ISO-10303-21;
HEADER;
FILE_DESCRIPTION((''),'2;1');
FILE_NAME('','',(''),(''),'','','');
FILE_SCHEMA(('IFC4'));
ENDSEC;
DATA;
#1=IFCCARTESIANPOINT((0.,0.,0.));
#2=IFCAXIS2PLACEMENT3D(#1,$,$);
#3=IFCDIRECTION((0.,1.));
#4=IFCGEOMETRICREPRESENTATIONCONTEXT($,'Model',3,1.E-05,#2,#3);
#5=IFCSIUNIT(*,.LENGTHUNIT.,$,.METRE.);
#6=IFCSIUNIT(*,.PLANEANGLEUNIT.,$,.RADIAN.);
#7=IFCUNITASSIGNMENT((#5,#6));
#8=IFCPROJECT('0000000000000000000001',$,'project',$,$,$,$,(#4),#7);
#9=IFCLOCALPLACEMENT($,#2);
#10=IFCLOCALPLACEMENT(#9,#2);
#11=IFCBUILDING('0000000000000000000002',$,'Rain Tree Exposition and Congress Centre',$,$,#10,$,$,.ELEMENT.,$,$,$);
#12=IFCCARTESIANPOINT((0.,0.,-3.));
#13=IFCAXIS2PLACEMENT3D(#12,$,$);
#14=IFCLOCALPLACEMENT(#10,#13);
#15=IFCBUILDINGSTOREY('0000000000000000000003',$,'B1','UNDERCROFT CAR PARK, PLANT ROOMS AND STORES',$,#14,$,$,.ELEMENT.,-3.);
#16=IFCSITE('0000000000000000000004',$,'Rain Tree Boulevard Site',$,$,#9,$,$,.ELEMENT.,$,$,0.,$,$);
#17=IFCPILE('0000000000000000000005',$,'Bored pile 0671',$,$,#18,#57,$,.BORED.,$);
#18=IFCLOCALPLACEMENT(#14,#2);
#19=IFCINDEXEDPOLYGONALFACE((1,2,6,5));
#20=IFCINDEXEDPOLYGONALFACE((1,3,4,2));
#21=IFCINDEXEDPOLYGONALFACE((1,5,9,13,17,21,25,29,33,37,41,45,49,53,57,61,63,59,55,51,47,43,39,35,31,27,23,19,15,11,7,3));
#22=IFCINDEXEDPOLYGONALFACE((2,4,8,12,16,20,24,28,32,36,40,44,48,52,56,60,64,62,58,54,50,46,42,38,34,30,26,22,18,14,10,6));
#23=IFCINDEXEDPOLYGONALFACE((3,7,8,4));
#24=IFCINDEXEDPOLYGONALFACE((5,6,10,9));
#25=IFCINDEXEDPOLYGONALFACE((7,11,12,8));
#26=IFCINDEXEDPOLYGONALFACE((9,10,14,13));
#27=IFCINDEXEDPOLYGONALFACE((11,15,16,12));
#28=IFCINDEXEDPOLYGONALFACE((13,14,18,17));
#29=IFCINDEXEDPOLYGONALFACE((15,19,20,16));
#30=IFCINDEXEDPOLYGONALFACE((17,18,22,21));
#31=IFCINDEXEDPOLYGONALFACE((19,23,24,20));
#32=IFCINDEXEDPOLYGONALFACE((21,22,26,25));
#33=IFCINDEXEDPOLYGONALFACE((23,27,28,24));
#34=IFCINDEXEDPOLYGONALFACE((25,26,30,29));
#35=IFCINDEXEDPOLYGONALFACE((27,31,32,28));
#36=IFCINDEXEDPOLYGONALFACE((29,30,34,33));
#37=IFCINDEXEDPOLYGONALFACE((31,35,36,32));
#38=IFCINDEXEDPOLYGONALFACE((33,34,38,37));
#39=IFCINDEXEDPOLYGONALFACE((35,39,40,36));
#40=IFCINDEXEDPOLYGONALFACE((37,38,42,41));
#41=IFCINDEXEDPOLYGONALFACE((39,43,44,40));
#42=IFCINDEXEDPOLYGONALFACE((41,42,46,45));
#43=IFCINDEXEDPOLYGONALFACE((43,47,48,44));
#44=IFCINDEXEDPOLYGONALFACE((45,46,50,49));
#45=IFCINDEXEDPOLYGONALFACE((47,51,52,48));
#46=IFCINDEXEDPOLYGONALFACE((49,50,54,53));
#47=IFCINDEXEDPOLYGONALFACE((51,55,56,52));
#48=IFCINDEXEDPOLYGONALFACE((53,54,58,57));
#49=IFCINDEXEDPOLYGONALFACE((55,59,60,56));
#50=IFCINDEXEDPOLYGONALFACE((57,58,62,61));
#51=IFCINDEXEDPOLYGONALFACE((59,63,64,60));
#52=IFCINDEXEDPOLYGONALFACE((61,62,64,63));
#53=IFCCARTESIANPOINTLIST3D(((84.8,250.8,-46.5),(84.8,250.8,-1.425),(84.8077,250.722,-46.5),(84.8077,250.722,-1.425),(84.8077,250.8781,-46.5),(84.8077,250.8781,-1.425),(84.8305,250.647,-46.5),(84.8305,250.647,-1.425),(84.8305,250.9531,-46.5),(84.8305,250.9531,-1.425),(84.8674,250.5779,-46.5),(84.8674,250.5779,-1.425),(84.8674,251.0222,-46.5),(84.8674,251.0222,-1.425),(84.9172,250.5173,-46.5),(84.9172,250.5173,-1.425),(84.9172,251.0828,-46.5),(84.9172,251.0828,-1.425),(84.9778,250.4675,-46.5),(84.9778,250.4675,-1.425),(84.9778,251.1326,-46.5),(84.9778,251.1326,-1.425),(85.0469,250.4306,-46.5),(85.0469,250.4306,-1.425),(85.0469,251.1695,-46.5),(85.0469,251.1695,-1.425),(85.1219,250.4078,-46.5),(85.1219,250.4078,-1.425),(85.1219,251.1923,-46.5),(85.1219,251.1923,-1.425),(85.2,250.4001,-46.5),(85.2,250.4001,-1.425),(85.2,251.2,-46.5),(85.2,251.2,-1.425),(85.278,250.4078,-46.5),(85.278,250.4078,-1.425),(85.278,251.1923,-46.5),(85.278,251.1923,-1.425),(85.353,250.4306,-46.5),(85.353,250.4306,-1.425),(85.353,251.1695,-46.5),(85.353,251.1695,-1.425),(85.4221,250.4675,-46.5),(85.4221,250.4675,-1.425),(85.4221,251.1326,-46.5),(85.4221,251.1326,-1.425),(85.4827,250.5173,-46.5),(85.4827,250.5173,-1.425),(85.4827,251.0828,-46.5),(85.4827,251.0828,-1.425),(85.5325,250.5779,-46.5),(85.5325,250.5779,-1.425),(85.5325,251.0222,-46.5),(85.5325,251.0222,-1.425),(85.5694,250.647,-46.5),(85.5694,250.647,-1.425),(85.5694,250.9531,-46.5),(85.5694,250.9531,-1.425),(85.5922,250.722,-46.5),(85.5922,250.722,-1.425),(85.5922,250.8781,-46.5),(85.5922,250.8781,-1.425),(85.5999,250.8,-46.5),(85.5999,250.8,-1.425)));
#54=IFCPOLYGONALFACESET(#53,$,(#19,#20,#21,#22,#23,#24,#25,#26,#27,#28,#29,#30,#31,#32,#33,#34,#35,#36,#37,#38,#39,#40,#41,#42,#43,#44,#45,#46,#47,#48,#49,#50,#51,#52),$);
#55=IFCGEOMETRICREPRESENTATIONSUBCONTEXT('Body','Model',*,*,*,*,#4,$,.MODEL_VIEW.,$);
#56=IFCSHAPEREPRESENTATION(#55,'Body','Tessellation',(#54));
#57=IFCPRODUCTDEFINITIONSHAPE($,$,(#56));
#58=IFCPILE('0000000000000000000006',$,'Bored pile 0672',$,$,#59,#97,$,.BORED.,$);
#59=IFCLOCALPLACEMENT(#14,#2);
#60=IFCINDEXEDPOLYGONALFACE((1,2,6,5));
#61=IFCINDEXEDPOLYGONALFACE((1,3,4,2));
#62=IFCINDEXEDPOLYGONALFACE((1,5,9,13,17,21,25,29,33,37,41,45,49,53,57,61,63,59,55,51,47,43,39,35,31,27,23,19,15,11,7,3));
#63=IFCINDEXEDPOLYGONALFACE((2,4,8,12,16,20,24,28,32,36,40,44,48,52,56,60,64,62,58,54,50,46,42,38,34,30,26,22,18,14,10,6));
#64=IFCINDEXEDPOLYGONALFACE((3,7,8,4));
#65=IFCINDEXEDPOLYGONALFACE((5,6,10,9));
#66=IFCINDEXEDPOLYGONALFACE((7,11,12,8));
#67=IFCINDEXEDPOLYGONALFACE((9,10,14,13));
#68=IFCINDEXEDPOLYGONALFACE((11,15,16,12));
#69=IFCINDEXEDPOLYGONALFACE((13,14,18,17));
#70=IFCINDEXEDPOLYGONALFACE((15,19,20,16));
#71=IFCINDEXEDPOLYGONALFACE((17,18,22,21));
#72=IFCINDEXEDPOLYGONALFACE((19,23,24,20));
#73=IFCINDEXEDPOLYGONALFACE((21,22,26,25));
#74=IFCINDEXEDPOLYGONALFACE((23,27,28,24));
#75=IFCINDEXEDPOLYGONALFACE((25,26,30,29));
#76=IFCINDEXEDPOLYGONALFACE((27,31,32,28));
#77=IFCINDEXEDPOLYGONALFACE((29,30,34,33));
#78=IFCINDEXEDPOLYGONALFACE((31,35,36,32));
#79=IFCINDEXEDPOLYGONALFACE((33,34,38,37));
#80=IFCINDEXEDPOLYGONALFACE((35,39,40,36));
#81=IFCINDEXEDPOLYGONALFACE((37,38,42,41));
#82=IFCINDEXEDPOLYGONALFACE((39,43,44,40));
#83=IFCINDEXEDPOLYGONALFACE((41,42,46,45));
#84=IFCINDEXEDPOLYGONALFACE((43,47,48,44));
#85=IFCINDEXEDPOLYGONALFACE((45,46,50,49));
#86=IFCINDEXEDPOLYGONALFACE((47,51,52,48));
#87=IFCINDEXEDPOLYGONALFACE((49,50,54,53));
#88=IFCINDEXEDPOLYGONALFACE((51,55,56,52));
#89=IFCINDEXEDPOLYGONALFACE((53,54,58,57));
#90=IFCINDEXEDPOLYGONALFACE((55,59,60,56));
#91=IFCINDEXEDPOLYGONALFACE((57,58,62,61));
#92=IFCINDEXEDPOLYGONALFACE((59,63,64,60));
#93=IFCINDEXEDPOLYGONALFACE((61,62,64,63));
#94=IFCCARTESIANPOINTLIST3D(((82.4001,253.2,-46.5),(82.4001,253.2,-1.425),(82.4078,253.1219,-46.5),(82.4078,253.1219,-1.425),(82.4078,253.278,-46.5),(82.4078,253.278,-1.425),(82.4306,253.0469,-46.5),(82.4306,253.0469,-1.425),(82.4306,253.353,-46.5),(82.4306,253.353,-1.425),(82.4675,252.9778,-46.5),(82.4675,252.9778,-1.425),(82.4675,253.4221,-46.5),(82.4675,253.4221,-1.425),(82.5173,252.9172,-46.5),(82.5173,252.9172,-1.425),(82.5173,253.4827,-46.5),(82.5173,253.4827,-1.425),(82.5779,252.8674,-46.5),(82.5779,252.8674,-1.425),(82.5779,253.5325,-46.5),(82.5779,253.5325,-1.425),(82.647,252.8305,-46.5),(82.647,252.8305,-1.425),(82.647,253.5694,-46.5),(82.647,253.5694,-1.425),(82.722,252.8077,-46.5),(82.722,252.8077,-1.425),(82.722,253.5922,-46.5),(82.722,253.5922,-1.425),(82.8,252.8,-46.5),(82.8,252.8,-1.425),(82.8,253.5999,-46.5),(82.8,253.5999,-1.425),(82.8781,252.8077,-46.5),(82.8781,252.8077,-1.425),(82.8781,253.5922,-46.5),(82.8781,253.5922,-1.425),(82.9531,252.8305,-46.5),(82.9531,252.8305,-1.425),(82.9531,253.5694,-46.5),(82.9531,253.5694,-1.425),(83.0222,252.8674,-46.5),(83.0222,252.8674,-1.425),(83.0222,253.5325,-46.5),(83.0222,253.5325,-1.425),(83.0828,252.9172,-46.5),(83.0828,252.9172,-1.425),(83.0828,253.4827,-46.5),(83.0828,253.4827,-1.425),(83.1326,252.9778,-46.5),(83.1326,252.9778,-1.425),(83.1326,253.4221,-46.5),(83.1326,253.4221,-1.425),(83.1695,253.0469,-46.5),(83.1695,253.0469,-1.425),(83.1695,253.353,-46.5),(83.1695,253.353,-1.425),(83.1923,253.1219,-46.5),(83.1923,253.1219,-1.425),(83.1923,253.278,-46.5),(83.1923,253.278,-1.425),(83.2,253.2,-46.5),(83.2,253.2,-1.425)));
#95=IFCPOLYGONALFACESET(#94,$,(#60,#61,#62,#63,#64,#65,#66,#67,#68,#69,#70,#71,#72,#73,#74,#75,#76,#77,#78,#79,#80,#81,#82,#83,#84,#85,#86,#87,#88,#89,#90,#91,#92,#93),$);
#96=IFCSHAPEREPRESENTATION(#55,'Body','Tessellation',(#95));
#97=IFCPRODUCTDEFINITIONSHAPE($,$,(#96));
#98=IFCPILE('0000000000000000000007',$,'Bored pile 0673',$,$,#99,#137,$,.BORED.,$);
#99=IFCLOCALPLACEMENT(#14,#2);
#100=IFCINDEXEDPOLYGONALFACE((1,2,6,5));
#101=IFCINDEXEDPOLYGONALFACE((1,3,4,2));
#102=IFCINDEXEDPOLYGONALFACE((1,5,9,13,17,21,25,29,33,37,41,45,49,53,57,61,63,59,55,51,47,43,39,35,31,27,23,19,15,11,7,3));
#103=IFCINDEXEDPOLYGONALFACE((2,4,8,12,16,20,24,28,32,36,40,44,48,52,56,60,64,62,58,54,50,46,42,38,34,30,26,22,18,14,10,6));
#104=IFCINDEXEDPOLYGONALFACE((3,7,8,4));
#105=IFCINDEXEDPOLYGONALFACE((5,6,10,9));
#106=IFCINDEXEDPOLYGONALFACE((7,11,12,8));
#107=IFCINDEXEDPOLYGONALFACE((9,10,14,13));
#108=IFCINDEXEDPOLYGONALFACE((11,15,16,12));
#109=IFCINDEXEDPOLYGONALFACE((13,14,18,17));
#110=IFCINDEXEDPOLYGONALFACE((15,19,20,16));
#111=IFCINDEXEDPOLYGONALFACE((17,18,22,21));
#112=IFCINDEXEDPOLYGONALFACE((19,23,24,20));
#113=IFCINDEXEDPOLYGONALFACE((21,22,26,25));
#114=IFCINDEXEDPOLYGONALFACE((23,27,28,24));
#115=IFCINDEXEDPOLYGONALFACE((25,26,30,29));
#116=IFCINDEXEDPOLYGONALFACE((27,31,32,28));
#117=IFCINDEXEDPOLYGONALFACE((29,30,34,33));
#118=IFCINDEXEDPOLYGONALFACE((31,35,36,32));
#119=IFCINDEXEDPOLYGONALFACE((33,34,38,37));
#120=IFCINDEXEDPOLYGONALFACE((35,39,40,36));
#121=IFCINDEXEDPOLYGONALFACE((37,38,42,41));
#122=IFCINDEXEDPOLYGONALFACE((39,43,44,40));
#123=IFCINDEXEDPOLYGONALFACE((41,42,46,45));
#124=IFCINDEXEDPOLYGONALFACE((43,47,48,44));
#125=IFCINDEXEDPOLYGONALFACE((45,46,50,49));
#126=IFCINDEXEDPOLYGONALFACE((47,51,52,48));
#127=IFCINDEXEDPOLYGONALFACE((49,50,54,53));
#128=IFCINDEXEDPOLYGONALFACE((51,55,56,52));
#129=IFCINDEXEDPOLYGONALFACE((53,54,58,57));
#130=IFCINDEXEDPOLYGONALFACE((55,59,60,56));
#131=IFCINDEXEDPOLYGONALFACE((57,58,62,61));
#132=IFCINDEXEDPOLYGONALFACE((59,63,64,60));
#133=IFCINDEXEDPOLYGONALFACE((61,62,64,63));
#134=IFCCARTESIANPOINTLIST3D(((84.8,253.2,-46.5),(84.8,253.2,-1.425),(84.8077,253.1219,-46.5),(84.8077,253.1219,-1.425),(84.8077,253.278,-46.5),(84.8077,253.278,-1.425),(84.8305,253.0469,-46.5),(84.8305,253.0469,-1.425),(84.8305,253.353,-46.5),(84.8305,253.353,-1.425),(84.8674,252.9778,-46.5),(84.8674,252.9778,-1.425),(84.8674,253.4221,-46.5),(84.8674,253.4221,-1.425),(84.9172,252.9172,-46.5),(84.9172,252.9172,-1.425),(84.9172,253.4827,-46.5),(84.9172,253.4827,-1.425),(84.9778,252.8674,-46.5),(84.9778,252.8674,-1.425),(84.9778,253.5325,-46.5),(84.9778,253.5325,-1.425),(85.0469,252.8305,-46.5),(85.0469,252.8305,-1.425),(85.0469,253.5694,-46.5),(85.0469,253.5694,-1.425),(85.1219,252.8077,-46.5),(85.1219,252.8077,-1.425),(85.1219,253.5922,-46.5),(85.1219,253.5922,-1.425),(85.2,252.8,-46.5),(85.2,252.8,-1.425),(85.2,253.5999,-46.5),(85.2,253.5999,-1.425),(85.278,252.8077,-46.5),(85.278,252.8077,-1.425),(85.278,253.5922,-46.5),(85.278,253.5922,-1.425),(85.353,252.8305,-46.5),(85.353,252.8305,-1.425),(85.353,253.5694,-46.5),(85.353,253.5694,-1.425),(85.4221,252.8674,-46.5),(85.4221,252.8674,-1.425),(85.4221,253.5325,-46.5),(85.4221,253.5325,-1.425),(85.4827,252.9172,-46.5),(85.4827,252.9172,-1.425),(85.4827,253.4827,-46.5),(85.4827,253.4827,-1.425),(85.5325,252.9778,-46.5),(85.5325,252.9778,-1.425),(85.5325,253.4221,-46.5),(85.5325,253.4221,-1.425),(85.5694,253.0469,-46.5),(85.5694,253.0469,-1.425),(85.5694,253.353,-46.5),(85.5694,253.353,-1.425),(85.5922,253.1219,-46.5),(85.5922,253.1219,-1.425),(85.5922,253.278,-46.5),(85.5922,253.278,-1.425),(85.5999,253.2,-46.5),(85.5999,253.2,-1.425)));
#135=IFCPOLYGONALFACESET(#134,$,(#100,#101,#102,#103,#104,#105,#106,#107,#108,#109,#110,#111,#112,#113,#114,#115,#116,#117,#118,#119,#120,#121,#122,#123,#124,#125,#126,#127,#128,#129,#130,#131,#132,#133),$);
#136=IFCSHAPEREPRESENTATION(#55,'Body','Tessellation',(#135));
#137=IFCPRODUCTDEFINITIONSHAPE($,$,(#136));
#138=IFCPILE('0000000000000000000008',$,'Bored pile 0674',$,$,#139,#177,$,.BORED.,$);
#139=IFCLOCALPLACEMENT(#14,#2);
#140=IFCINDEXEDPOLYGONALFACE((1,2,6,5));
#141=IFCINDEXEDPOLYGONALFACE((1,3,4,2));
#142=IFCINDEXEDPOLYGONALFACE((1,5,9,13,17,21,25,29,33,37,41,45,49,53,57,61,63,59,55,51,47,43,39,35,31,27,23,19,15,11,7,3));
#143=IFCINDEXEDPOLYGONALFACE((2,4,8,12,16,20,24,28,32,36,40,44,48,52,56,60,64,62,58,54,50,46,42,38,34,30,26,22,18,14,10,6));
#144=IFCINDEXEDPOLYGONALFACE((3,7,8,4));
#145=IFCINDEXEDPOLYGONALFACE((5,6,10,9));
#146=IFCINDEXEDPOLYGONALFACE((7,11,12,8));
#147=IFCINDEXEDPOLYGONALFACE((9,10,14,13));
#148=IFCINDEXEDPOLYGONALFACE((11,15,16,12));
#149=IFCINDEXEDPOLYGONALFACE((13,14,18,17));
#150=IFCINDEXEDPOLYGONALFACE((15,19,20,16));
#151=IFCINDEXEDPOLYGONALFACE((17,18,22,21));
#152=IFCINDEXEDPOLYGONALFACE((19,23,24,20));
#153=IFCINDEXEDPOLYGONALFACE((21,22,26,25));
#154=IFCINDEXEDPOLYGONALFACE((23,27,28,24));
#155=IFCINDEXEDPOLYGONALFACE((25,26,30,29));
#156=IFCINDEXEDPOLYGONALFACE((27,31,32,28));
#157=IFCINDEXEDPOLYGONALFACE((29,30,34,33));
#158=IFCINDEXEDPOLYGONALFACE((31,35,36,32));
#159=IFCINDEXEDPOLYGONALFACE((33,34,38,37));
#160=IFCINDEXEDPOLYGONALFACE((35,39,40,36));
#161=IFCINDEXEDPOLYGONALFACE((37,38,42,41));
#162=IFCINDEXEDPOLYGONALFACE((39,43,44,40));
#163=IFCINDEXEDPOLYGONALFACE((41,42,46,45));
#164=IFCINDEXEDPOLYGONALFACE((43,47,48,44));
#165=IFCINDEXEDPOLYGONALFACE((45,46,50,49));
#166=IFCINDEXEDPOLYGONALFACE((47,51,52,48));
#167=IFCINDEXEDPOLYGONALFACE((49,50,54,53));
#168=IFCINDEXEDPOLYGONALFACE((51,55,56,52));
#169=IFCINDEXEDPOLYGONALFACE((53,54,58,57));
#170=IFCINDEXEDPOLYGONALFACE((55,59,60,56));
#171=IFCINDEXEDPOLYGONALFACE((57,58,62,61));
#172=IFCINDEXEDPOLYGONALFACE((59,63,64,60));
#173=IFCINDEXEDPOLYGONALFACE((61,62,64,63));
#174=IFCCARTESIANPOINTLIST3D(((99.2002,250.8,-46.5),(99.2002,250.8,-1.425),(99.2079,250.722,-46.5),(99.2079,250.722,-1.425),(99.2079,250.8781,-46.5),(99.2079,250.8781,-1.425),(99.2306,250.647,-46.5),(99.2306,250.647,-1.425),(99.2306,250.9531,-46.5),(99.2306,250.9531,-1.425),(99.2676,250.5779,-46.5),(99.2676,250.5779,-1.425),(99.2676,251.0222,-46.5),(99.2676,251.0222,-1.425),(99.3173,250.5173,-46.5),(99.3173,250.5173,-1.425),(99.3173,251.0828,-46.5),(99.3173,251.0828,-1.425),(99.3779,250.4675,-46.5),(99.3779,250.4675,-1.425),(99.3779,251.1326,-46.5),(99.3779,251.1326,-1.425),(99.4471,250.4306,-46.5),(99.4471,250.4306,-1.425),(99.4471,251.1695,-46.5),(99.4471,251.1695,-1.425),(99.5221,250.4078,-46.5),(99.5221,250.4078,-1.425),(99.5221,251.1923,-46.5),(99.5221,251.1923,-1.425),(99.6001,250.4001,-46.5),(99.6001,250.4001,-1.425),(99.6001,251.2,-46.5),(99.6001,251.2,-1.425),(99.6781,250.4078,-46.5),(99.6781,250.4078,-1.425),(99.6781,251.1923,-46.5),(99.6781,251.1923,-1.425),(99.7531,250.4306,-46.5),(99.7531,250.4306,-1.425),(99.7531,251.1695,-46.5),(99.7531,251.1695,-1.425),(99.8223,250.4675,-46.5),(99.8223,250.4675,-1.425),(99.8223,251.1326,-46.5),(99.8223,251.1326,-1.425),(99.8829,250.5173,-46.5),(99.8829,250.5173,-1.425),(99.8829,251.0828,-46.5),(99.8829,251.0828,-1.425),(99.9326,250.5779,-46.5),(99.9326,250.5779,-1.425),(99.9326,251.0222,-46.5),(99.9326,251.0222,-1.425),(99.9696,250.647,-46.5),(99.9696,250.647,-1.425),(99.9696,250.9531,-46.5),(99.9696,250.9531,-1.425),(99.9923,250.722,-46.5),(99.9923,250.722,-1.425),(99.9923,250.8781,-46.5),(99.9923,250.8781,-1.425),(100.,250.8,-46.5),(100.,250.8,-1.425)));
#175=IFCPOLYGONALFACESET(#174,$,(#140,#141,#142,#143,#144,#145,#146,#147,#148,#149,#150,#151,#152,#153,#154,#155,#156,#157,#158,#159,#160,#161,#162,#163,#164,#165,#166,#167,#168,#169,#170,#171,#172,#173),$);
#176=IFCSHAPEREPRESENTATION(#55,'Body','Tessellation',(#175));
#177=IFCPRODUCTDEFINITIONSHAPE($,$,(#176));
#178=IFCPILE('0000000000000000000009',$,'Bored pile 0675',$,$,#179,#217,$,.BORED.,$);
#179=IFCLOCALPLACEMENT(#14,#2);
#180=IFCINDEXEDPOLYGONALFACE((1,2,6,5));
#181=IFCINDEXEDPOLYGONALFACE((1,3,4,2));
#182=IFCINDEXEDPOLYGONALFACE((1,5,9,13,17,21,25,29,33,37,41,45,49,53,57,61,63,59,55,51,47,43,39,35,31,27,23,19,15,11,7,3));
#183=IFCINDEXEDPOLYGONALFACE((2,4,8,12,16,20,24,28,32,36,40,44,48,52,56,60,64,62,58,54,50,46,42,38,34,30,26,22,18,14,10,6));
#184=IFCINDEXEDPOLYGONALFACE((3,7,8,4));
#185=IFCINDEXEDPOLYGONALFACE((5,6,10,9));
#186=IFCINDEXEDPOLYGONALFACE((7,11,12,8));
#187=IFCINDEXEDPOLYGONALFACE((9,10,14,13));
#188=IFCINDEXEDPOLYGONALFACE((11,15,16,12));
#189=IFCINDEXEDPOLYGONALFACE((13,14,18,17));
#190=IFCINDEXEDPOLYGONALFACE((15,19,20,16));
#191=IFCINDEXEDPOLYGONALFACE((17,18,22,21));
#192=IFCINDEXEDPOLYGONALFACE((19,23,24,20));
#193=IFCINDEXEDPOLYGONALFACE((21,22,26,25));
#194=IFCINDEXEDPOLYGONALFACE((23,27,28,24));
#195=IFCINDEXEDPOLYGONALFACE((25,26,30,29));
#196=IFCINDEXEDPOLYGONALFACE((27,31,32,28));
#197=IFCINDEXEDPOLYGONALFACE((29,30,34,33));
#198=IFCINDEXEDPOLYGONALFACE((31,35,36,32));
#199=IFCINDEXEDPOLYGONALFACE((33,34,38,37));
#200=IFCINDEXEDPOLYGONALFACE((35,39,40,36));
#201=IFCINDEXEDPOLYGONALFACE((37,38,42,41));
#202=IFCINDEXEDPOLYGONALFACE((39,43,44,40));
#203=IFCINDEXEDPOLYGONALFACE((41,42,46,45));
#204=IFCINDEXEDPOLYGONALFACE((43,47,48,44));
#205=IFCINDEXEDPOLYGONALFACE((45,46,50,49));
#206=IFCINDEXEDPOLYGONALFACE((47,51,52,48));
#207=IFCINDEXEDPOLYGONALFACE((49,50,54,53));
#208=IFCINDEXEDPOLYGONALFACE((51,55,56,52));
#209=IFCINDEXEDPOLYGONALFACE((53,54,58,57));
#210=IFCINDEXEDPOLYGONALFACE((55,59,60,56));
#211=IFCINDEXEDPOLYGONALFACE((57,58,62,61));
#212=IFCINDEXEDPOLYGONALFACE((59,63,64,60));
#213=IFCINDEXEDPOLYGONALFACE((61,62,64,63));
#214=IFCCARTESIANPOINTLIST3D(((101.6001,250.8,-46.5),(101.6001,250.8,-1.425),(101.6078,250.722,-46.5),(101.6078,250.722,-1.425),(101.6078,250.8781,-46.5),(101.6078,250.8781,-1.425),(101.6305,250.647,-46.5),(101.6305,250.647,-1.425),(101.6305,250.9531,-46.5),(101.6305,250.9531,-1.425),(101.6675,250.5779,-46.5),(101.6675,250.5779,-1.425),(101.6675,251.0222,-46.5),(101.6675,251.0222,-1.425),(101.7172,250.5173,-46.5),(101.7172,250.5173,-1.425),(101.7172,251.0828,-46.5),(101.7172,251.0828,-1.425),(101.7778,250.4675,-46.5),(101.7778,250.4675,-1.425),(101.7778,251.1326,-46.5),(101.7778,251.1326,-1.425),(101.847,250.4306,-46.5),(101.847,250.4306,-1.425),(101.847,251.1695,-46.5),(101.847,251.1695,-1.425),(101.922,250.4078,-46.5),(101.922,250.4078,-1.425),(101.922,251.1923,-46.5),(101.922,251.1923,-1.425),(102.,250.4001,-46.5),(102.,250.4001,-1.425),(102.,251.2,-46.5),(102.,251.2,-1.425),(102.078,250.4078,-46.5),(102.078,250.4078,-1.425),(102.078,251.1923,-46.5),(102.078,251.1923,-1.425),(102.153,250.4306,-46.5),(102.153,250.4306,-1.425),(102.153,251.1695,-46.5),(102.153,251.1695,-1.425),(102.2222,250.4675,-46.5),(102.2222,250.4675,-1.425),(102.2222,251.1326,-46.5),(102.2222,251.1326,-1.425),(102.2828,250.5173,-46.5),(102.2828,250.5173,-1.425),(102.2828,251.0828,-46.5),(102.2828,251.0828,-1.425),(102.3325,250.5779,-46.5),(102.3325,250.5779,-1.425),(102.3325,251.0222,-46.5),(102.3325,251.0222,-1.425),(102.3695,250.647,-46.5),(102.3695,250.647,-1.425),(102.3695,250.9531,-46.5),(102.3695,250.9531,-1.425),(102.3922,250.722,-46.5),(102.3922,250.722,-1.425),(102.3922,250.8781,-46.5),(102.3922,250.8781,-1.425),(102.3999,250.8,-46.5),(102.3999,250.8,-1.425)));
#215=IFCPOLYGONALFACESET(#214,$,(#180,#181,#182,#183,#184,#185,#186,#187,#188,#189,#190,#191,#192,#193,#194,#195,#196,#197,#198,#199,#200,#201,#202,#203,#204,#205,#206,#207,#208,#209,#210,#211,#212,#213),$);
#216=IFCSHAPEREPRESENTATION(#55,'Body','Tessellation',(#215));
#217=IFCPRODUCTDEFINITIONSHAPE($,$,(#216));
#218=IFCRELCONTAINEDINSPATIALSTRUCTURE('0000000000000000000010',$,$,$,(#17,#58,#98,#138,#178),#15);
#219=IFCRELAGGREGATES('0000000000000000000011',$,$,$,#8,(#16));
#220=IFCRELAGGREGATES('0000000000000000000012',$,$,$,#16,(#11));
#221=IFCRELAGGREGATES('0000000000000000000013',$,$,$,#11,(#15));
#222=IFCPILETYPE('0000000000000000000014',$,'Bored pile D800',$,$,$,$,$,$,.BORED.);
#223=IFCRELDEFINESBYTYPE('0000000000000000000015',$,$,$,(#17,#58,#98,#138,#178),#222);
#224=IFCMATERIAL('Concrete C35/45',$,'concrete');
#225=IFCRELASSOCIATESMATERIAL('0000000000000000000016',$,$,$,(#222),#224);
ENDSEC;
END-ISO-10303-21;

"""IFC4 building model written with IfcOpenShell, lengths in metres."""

from ifc_helpers import new_model, si_unit, direction, frame, origin, origin_2d, place, context, subcontext, project, spatial, circle, extrude, material, material_profile, profile_set, type_object, element, save


model = new_model("IFC4")

# Units and contexts
model_context = context("Model", 3, precision=1e-05, world=origin(), true_north=direction((0.0, 1.0)))
body_context = subcontext(model_context, "Body", "Model", "MODEL_VIEW")
ifc_project = project(units=[si_unit("LENGTHUNIT", "METRE"), si_unit("PLANEANGLEUNIT", "RADIAN")], contexts=[model_context])

# Site, building, storey
site_placement = place(None, origin())
site = spatial("IfcSite", under=ifc_project, at=site_placement, Name="Rain Tree Boulevard Site", CompositionType="ELEMENT", RefElevation=0.0)
building_placement = place(site_placement, origin())
building = spatial("IfcBuilding", under=site, at=building_placement, Name="Rain Tree Exposition and Congress Centre", CompositionType="ELEMENT")
storey_placement = place(building_placement, frame((0.0, 0.0, -3.0)))
storey = spatial("IfcBuildingStorey", under=building, at=storey_placement, Name="B1", Description="UNDERCROFT CAR PARK, PLANT ROOMS AND STORES", CompositionType="ELEMENT", Elevation=-3.0)

# Piles
ifc_material_1 = material(Name="Concrete C35/45", Category="concrete")
ifc_material_profile_1 = material_profile(ifc_material_1, circle(Radius=0.3999, at=origin_2d()), Name="D800")
ifc_profile_set_1 = profile_set([ifc_material_profile_1], Name="Concrete C35/45")
pile_type = type_object("IfcPileType", Name="Bored pile D800", PredefinedType="BORED", material=ifc_profile_set_1)
for number, where, z_axis, x_axis, name in (
    (1, (85.2, 250.8, -1.425), (0.0, 0.0, -1.0), (1.0, 0.0, 0.0), "Bored pile 0671"),
    (2, (82.8, 253.2, -1.425), (0.0, 0.0, -1.0), (1.0, 0.0, 0.0), "Bored pile 0672"),
    (3, (85.2, 253.2, -1.425), (0.0, 0.0, -1.0), (1.0, 0.0, 0.0), "Bored pile 0673"),
    (4, (99.6001, 250.8, -1.425), (0.0, 0.0, -1.0), (1.0, 0.0, 0.0), "Bored pile 0674"),
    (5, (102.0, 250.8, -1.425), (0.0, 0.0, -1.0), (1.0, 0.0, 0.0), "Bored pile 0675"),
):
    element("IfcPile", number, at=place(storey_placement, frame(where, z_axis=z_axis, x_axis=x_axis)), inside=storey, type_object=pile_type, Name=name, PredefinedType="BORED", context=body_context, shape_type="SweptSolid", body=[
        extrude(circle(Radius=0.3999, at=origin_2d()), origin(), (0.0, 0.0, 1.0), 45.075),
    ])

save(model, "model.ifc")
